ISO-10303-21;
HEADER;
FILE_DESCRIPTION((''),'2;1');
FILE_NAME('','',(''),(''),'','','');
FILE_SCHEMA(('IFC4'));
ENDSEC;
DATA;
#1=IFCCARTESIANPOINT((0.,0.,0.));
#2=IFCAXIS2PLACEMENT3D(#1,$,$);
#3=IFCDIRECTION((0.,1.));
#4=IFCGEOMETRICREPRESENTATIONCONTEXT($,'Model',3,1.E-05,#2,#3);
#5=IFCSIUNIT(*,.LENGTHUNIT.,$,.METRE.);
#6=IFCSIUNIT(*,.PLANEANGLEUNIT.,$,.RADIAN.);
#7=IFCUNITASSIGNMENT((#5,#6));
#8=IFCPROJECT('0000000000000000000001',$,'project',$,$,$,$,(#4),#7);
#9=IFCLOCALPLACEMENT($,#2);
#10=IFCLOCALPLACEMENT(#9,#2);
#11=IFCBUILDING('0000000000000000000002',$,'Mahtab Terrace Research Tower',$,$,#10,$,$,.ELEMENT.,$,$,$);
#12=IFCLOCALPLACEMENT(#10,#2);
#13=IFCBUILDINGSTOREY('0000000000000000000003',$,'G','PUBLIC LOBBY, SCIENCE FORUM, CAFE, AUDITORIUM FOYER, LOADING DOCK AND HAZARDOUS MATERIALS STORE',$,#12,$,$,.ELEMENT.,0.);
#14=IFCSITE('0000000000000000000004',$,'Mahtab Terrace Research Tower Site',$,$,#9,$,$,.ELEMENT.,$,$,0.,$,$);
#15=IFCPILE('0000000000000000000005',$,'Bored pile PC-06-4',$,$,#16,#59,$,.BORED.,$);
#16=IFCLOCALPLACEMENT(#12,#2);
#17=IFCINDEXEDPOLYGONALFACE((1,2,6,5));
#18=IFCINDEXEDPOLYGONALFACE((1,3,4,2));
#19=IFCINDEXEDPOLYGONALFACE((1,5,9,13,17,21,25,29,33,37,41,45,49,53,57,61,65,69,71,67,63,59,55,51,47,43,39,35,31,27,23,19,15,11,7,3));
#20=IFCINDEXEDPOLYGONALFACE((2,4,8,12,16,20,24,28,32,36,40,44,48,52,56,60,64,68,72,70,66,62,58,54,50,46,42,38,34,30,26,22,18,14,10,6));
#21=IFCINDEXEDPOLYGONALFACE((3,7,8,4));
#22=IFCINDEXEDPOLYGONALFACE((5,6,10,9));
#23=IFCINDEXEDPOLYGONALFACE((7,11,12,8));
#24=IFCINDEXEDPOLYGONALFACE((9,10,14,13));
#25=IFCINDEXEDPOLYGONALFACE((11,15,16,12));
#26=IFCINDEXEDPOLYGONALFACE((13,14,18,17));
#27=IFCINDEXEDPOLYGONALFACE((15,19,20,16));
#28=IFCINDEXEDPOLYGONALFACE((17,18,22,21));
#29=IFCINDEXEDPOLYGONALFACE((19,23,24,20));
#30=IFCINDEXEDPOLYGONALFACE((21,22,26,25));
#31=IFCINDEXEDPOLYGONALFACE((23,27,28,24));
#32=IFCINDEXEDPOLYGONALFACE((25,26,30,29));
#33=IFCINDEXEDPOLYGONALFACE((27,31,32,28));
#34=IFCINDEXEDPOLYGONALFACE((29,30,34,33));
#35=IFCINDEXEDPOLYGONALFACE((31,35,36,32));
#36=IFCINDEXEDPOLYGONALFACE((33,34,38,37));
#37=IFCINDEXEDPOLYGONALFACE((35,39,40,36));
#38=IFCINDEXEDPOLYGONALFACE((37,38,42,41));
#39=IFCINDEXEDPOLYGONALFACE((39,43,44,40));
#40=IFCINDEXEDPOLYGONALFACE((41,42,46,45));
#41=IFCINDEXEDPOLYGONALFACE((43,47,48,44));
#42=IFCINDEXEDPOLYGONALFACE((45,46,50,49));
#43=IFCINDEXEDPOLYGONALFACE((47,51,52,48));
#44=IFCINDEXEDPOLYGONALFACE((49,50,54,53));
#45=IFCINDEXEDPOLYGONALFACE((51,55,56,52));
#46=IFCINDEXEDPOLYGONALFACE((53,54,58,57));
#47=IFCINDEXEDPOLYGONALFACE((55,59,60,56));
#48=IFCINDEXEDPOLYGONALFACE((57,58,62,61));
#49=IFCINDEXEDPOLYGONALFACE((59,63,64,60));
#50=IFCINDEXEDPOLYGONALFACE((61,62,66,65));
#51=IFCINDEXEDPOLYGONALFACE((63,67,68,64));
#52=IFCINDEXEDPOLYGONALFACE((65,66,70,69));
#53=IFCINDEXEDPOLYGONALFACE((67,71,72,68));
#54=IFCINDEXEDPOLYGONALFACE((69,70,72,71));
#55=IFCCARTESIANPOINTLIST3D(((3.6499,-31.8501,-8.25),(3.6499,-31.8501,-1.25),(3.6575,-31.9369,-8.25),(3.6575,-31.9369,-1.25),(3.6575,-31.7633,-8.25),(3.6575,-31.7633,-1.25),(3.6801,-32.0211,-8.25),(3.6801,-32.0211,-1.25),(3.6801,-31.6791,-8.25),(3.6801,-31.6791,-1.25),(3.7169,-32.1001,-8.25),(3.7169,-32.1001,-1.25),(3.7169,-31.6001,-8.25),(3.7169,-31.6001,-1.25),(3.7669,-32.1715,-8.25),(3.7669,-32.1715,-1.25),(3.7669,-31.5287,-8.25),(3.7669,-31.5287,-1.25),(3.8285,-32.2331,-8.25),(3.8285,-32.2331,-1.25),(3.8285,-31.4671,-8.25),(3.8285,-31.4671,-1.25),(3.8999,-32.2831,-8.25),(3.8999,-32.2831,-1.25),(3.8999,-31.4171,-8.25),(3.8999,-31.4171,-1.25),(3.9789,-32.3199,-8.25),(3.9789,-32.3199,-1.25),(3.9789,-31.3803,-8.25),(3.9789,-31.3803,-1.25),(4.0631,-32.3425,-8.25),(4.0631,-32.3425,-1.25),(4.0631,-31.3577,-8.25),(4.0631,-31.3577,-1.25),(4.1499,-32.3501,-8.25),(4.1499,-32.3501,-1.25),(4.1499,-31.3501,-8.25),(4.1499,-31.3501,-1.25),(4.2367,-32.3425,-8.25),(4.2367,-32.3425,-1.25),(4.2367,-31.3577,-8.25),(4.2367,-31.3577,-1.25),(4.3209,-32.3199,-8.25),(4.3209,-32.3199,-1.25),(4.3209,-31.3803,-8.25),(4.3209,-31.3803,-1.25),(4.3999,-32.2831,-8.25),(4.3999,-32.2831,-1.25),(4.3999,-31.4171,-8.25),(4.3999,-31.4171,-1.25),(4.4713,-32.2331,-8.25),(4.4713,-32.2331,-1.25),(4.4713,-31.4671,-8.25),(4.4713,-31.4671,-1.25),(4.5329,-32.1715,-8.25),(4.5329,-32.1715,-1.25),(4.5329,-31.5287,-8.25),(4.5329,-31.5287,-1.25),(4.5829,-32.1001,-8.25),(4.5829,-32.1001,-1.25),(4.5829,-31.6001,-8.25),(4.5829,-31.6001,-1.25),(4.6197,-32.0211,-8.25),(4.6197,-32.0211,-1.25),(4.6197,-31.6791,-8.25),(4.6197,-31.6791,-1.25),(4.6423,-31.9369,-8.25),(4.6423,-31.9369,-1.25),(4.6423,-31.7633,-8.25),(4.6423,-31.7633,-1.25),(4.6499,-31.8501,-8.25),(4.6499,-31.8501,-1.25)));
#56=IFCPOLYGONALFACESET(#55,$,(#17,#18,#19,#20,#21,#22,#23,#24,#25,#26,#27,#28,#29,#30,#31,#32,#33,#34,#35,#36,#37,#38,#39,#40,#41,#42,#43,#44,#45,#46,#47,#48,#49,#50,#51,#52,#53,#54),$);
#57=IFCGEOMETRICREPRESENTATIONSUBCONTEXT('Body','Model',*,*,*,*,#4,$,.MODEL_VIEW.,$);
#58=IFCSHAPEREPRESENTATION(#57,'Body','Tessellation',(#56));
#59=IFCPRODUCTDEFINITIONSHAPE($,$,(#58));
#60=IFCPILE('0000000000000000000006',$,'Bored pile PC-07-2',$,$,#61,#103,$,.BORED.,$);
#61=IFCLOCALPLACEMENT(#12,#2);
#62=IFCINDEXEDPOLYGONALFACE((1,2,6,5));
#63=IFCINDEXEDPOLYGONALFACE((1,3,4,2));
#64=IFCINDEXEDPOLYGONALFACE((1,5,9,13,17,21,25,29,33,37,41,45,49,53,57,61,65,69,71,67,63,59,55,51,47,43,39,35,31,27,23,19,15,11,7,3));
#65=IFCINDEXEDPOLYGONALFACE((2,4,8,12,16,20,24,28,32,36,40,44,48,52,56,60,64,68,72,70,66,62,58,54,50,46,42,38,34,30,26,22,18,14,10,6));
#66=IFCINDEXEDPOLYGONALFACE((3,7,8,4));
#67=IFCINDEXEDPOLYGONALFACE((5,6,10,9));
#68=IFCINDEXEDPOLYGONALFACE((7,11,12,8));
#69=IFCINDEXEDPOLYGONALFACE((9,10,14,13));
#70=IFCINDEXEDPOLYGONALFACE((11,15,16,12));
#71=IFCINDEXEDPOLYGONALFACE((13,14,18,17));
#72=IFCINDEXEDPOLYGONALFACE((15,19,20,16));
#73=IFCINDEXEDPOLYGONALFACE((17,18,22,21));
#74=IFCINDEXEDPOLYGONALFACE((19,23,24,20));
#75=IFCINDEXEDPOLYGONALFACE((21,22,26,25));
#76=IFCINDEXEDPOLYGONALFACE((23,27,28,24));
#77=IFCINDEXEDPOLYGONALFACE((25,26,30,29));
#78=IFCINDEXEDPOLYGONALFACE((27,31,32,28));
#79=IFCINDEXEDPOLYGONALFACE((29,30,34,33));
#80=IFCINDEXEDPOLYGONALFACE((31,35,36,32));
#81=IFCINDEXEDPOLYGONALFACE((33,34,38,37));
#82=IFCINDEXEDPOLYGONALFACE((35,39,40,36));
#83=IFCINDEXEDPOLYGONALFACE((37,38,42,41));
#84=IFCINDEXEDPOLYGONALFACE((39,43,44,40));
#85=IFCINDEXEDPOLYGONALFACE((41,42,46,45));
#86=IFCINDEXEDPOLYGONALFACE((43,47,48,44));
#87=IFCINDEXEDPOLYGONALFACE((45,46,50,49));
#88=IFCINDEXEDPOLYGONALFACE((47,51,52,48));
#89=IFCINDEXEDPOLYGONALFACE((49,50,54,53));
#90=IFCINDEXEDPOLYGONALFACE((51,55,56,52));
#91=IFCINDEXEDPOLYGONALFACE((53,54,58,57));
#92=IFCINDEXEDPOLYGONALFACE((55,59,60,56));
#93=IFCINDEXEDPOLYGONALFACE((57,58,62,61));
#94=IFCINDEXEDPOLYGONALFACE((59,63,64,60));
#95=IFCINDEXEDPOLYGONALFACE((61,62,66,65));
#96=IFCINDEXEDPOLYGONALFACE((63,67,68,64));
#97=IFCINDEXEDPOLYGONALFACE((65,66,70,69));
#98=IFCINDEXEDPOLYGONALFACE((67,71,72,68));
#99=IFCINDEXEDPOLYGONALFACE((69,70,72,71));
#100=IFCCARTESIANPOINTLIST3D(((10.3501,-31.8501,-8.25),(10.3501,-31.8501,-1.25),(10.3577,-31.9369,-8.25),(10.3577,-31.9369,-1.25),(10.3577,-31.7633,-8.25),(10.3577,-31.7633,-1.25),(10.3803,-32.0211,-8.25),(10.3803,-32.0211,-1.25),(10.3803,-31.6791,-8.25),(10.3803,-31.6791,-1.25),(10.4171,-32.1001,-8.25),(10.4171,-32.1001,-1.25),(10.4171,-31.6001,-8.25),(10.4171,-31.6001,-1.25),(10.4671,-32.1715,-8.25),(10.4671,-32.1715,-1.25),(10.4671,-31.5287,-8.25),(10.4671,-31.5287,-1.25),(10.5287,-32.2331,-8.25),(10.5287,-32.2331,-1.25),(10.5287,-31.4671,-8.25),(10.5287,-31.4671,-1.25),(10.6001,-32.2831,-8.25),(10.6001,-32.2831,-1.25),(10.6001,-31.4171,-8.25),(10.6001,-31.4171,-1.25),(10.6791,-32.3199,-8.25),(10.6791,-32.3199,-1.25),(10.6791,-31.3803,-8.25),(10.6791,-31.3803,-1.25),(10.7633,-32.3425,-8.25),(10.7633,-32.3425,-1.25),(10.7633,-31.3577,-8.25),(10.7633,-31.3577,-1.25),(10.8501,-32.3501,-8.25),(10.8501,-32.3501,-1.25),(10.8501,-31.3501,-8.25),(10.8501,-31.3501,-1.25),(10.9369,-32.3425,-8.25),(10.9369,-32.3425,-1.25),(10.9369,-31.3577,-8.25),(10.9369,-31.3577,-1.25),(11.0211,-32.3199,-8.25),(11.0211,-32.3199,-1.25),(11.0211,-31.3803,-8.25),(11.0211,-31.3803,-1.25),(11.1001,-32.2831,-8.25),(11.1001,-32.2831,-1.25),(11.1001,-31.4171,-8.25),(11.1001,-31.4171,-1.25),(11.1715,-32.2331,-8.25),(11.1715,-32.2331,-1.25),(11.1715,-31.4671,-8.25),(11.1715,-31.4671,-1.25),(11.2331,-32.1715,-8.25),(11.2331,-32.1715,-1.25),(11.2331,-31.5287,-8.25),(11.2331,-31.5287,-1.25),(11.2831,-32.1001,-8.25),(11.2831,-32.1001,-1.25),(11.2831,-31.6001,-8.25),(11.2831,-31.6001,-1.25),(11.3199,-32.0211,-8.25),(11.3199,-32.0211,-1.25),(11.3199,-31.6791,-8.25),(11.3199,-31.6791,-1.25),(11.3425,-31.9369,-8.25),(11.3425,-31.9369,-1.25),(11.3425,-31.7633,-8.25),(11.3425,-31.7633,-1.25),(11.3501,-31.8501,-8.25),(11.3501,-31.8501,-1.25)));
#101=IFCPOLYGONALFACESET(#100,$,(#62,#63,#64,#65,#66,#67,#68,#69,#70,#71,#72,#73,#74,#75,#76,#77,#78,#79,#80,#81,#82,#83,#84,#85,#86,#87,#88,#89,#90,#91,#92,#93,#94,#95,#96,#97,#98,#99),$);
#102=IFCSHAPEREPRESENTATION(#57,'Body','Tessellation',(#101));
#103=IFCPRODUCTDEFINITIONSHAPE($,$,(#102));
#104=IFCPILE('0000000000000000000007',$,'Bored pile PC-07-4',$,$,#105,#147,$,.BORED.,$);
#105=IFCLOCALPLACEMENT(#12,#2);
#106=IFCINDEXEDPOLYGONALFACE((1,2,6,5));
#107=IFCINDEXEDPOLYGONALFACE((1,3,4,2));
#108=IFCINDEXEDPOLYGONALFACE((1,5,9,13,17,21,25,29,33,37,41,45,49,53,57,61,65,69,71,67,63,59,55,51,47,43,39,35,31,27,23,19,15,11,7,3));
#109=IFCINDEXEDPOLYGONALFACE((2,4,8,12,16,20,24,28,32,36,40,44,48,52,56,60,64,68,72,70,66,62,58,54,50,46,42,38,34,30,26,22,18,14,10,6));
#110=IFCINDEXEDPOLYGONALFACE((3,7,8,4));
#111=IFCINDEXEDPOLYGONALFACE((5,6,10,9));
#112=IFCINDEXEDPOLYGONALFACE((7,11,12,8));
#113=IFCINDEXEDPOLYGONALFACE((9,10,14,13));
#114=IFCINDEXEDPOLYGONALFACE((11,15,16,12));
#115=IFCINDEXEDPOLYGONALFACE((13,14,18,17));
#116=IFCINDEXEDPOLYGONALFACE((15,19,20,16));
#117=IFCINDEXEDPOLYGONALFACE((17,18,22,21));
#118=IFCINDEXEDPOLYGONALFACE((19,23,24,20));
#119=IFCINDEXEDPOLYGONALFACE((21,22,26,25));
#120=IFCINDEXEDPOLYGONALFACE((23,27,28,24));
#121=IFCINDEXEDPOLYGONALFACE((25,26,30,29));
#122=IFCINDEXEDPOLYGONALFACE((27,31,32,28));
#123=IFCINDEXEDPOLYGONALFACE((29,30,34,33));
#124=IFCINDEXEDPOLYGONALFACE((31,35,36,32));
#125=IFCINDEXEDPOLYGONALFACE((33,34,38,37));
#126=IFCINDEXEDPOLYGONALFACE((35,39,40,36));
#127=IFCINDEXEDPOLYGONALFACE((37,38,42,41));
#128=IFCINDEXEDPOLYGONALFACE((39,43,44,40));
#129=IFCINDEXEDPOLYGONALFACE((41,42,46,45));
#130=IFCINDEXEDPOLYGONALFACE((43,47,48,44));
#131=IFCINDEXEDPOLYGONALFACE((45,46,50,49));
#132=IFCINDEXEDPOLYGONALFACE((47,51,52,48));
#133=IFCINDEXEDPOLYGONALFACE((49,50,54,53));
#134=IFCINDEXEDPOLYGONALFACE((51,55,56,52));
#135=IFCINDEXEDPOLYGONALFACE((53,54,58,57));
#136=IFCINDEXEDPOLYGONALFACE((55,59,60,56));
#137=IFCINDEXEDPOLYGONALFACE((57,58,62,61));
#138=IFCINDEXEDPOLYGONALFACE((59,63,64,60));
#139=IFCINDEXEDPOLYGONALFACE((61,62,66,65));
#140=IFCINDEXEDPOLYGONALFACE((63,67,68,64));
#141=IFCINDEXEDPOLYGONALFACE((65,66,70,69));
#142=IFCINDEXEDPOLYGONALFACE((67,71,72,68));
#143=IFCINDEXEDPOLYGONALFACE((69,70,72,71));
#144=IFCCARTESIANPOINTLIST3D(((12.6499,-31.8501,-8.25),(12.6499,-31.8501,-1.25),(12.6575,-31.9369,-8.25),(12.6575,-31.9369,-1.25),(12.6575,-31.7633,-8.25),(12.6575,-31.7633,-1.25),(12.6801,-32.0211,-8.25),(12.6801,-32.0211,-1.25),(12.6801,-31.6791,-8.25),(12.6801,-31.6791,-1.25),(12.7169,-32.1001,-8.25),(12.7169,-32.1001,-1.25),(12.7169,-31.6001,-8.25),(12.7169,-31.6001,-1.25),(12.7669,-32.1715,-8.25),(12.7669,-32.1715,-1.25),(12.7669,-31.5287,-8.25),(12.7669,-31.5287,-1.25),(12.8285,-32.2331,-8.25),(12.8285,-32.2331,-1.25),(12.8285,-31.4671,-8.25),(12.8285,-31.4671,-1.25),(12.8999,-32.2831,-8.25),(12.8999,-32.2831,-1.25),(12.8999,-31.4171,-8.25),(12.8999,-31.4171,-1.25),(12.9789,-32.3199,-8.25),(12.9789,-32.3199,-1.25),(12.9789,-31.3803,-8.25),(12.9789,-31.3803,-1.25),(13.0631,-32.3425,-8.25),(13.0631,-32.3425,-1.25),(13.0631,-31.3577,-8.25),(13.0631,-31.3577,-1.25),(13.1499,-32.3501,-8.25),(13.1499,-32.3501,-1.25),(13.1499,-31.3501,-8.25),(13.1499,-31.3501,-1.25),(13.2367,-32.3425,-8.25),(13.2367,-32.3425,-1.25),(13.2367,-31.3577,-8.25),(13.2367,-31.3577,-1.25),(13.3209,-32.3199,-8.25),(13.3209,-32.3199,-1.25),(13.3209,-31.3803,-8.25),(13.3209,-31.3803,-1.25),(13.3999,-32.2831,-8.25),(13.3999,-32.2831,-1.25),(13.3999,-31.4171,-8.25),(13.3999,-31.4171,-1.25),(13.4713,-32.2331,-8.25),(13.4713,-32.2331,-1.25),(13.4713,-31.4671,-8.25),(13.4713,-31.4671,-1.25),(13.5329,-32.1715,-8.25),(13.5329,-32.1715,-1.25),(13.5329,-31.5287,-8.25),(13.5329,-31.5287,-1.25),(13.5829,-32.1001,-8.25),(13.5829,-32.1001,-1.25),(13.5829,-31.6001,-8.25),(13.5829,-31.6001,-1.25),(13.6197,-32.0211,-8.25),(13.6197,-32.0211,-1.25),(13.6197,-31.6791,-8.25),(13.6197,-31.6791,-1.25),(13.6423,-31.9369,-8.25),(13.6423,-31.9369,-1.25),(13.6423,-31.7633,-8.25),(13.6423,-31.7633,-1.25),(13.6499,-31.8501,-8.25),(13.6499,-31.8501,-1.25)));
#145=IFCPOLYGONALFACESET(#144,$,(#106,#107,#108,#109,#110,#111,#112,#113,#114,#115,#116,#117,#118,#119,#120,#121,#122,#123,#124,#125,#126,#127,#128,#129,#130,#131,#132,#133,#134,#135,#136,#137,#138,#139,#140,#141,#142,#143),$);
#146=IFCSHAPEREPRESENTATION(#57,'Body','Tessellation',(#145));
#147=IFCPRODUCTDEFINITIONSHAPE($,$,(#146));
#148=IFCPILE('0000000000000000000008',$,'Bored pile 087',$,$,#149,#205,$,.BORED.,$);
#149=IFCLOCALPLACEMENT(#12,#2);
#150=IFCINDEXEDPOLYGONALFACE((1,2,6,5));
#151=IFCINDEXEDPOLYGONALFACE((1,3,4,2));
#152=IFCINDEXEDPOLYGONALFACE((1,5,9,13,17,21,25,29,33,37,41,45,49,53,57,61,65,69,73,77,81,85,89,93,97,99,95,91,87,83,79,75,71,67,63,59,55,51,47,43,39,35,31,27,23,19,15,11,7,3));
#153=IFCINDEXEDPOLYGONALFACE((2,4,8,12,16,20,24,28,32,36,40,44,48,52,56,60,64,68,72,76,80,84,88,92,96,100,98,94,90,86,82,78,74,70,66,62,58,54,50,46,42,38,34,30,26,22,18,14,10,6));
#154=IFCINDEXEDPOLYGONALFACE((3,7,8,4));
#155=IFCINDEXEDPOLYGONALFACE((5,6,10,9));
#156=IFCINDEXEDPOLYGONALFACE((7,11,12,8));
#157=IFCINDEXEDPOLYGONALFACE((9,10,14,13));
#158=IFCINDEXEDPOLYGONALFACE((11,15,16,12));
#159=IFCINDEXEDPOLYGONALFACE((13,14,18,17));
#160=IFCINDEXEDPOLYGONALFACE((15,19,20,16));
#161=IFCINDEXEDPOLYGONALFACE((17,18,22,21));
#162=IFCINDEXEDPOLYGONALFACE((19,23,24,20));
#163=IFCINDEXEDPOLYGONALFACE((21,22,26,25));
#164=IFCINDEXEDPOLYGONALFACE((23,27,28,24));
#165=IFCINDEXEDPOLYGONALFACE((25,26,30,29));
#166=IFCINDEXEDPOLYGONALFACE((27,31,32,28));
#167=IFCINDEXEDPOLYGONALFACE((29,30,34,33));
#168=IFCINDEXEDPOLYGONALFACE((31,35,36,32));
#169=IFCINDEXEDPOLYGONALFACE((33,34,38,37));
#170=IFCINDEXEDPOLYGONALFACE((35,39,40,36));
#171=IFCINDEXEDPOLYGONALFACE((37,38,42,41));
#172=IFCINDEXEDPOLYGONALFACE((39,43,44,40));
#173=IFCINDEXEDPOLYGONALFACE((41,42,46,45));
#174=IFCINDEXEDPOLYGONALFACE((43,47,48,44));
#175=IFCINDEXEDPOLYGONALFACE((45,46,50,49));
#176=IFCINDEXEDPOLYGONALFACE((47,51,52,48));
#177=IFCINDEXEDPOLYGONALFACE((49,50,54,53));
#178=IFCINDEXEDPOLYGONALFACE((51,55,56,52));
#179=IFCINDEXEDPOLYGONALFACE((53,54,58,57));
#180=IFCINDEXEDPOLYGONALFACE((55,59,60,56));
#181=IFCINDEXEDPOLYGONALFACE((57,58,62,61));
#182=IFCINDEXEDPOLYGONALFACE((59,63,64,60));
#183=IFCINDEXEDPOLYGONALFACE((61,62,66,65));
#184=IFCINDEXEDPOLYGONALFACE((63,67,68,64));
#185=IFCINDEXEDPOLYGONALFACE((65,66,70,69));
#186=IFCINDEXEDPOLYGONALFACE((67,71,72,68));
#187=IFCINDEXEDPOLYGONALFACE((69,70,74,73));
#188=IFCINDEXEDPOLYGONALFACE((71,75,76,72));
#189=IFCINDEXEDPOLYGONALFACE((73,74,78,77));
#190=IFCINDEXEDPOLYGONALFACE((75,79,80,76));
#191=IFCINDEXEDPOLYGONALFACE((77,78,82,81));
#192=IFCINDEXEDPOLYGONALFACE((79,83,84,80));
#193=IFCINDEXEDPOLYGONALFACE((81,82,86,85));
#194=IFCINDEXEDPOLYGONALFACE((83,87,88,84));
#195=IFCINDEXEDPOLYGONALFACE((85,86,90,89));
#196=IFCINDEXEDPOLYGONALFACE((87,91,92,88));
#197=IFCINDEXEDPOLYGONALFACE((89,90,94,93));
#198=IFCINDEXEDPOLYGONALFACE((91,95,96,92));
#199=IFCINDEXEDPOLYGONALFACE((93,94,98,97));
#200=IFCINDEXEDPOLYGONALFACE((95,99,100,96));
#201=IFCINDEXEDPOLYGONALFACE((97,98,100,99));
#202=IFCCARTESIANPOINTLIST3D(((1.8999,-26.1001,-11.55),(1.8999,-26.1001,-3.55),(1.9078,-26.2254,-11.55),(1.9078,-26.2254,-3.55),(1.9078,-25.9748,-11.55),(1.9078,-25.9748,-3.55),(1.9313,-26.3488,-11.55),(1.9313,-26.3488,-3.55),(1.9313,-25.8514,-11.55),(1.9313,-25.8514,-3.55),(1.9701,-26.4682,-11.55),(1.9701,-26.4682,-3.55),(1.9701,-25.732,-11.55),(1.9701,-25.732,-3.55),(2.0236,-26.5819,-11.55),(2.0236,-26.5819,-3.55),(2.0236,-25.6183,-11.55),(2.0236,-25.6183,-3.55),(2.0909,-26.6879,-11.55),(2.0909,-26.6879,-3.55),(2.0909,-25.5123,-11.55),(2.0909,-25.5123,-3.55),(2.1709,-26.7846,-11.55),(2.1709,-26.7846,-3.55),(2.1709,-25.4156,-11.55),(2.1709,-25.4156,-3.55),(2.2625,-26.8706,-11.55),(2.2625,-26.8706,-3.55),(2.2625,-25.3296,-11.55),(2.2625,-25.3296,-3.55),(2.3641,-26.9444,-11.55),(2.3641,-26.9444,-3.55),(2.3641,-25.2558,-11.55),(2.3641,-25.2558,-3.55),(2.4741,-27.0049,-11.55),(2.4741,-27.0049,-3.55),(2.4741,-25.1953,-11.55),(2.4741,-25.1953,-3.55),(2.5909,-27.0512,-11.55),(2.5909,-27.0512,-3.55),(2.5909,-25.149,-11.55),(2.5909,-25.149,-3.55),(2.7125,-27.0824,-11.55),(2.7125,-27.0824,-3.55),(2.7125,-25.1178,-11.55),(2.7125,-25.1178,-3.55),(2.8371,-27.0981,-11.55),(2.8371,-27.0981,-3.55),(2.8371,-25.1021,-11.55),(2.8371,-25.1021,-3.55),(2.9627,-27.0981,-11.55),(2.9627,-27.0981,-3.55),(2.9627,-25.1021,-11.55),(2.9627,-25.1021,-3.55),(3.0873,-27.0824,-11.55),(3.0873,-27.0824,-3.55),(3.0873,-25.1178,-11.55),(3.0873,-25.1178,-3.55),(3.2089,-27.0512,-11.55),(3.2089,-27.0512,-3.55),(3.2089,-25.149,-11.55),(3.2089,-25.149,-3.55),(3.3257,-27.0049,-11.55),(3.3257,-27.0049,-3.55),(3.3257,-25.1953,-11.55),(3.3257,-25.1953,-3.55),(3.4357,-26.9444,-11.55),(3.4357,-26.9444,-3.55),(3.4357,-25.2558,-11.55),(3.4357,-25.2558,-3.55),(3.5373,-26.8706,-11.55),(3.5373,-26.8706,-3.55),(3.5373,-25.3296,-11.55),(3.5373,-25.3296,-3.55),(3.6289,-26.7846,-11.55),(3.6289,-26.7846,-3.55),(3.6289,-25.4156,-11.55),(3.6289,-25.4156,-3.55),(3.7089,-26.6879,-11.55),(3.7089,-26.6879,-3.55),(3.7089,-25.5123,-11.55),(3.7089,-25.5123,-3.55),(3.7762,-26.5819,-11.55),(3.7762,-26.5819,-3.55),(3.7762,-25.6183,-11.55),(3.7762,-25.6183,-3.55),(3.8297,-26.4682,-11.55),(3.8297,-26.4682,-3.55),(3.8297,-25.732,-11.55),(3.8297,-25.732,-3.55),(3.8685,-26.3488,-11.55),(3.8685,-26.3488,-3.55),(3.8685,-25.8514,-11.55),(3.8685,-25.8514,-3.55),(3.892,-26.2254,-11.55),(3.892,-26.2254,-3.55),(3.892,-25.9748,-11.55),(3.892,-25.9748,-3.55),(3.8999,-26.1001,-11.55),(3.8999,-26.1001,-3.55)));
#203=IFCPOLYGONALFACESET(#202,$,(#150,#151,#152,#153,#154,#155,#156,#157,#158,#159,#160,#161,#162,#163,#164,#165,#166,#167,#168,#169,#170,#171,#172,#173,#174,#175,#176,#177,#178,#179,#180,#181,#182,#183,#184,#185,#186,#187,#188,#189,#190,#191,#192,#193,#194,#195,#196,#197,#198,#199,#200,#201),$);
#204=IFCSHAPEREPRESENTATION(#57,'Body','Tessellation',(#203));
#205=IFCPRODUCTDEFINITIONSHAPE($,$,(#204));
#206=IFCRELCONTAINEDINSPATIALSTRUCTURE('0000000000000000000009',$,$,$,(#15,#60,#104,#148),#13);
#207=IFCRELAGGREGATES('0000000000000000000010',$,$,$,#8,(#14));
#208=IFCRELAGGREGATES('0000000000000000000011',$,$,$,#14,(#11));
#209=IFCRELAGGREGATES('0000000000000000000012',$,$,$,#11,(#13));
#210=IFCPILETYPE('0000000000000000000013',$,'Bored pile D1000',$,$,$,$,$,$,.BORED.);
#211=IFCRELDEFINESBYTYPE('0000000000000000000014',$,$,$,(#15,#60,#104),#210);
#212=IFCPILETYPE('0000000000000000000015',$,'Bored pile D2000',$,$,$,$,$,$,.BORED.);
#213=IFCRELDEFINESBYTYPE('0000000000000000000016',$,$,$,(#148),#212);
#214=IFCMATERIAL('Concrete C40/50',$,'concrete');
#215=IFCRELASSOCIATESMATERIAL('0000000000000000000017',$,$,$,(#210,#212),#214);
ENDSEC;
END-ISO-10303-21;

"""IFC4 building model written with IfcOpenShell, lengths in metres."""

from ifc_helpers import new_model, si_unit, direction, frame, origin, origin_2d, place, context, subcontext, project, spatial, circle, extrude, material, material_profile, profile_set, type_object, element, save


model = new_model("IFC4")

# Units and contexts
model_context = context("Model", 3, precision=1e-05, world=origin(), true_north=direction((0.0, 1.0)))
body_context = subcontext(model_context, "Body", "Model", "MODEL_VIEW")
ifc_project = project(units=[si_unit("LENGTHUNIT", "METRE"), si_unit("PLANEANGLEUNIT", "RADIAN")], contexts=[model_context])

# Site, building, storey
site_placement = place(None, origin())
site = spatial("IfcSite", under=ifc_project, at=site_placement, Name="Mahtab Terrace Research Tower Site", CompositionType="ELEMENT", RefElevation=0.0)
building_placement = place(site_placement, origin())
building = spatial("IfcBuilding", under=site, at=building_placement, Name="Mahtab Terrace Research Tower", CompositionType="ELEMENT")
storey_placement = place(building_placement, origin())
storey = spatial("IfcBuildingStorey", under=building, at=storey_placement, Name="G", Description="PUBLIC LOBBY, SCIENCE FORUM, CAFE, AUDITORIUM FOYER, LOADING DOCK AND HAZARDOUS MATERIALS STORE", CompositionType="ELEMENT", Elevation=0.0)

# Piles
ifc_material_1 = material(Name="Concrete C40/50", Category="concrete")
ifc_material_profile_1 = material_profile(ifc_material_1, circle(Radius=0.5, at=origin_2d()), Name="Bored pile D1000")
ifc_profile_set_1 = profile_set([ifc_material_profile_1], Name="Concrete C40/50")
pile_type_1 = type_object("IfcPileType", Name="Bored pile D1000", PredefinedType="BORED", material=ifc_profile_set_1)
for number, where, z_axis, x_axis, name in (
    (1, (4.1499, -31.8501, -1.25), (0.0, 0.0, -1.0), (1.0, 0.0, 0.0), "Bored pile PC-06-4"),
    (2, (10.8501, -31.8501, -1.25), (0.0, 0.0, -1.0), (1.0, 0.0, 0.0), "Bored pile PC-07-2"),
    (3, (13.1499, -31.8501, -1.25), (0.0, 0.0, -1.0), (1.0, 0.0, 0.0), "Bored pile PC-07-4"),
):
    element("IfcPile", number, at=place(storey_placement, frame(where, z_axis=z_axis, x_axis=x_axis)), inside=storey, type_object=pile_type_1, Name=name, PredefinedType="BORED", context=body_context, shape_type="SweptSolid", body=[
        extrude(circle(Radius=0.5, at=origin_2d()), origin(), (0.0, 0.0, 1.0), 7.0),
    ])
ifc_material_profile_2 = material_profile(ifc_material_1, circle(Radius=1.0, at=origin_2d()), Name="Bored pile D2000")
ifc_profile_set_2 = profile_set([ifc_material_profile_2], Name="Concrete C40/50")
pile_type_2 = type_object("IfcPileType", Name="Bored pile D2000", PredefinedType="BORED", material=ifc_profile_set_2)
for number, where, z_axis, x_axis, name in (
    (4, (2.8999, -26.1001, -3.55), (0.0, 0.0, -1.0), (1.0, 0.0, 0.0), "Bored pile 087"),
):
    element("IfcPile", number, at=place(storey_placement, frame(where, z_axis=z_axis, x_axis=x_axis)), inside=storey, type_object=pile_type_2, Name=name, PredefinedType="BORED", context=body_context, shape_type="SweptSolid", body=[
        extrude(circle(Radius=1.0, at=origin_2d()), origin(), (0.0, 0.0, 1.0), 8.0),
    ])

save(model, "model.ifc")
